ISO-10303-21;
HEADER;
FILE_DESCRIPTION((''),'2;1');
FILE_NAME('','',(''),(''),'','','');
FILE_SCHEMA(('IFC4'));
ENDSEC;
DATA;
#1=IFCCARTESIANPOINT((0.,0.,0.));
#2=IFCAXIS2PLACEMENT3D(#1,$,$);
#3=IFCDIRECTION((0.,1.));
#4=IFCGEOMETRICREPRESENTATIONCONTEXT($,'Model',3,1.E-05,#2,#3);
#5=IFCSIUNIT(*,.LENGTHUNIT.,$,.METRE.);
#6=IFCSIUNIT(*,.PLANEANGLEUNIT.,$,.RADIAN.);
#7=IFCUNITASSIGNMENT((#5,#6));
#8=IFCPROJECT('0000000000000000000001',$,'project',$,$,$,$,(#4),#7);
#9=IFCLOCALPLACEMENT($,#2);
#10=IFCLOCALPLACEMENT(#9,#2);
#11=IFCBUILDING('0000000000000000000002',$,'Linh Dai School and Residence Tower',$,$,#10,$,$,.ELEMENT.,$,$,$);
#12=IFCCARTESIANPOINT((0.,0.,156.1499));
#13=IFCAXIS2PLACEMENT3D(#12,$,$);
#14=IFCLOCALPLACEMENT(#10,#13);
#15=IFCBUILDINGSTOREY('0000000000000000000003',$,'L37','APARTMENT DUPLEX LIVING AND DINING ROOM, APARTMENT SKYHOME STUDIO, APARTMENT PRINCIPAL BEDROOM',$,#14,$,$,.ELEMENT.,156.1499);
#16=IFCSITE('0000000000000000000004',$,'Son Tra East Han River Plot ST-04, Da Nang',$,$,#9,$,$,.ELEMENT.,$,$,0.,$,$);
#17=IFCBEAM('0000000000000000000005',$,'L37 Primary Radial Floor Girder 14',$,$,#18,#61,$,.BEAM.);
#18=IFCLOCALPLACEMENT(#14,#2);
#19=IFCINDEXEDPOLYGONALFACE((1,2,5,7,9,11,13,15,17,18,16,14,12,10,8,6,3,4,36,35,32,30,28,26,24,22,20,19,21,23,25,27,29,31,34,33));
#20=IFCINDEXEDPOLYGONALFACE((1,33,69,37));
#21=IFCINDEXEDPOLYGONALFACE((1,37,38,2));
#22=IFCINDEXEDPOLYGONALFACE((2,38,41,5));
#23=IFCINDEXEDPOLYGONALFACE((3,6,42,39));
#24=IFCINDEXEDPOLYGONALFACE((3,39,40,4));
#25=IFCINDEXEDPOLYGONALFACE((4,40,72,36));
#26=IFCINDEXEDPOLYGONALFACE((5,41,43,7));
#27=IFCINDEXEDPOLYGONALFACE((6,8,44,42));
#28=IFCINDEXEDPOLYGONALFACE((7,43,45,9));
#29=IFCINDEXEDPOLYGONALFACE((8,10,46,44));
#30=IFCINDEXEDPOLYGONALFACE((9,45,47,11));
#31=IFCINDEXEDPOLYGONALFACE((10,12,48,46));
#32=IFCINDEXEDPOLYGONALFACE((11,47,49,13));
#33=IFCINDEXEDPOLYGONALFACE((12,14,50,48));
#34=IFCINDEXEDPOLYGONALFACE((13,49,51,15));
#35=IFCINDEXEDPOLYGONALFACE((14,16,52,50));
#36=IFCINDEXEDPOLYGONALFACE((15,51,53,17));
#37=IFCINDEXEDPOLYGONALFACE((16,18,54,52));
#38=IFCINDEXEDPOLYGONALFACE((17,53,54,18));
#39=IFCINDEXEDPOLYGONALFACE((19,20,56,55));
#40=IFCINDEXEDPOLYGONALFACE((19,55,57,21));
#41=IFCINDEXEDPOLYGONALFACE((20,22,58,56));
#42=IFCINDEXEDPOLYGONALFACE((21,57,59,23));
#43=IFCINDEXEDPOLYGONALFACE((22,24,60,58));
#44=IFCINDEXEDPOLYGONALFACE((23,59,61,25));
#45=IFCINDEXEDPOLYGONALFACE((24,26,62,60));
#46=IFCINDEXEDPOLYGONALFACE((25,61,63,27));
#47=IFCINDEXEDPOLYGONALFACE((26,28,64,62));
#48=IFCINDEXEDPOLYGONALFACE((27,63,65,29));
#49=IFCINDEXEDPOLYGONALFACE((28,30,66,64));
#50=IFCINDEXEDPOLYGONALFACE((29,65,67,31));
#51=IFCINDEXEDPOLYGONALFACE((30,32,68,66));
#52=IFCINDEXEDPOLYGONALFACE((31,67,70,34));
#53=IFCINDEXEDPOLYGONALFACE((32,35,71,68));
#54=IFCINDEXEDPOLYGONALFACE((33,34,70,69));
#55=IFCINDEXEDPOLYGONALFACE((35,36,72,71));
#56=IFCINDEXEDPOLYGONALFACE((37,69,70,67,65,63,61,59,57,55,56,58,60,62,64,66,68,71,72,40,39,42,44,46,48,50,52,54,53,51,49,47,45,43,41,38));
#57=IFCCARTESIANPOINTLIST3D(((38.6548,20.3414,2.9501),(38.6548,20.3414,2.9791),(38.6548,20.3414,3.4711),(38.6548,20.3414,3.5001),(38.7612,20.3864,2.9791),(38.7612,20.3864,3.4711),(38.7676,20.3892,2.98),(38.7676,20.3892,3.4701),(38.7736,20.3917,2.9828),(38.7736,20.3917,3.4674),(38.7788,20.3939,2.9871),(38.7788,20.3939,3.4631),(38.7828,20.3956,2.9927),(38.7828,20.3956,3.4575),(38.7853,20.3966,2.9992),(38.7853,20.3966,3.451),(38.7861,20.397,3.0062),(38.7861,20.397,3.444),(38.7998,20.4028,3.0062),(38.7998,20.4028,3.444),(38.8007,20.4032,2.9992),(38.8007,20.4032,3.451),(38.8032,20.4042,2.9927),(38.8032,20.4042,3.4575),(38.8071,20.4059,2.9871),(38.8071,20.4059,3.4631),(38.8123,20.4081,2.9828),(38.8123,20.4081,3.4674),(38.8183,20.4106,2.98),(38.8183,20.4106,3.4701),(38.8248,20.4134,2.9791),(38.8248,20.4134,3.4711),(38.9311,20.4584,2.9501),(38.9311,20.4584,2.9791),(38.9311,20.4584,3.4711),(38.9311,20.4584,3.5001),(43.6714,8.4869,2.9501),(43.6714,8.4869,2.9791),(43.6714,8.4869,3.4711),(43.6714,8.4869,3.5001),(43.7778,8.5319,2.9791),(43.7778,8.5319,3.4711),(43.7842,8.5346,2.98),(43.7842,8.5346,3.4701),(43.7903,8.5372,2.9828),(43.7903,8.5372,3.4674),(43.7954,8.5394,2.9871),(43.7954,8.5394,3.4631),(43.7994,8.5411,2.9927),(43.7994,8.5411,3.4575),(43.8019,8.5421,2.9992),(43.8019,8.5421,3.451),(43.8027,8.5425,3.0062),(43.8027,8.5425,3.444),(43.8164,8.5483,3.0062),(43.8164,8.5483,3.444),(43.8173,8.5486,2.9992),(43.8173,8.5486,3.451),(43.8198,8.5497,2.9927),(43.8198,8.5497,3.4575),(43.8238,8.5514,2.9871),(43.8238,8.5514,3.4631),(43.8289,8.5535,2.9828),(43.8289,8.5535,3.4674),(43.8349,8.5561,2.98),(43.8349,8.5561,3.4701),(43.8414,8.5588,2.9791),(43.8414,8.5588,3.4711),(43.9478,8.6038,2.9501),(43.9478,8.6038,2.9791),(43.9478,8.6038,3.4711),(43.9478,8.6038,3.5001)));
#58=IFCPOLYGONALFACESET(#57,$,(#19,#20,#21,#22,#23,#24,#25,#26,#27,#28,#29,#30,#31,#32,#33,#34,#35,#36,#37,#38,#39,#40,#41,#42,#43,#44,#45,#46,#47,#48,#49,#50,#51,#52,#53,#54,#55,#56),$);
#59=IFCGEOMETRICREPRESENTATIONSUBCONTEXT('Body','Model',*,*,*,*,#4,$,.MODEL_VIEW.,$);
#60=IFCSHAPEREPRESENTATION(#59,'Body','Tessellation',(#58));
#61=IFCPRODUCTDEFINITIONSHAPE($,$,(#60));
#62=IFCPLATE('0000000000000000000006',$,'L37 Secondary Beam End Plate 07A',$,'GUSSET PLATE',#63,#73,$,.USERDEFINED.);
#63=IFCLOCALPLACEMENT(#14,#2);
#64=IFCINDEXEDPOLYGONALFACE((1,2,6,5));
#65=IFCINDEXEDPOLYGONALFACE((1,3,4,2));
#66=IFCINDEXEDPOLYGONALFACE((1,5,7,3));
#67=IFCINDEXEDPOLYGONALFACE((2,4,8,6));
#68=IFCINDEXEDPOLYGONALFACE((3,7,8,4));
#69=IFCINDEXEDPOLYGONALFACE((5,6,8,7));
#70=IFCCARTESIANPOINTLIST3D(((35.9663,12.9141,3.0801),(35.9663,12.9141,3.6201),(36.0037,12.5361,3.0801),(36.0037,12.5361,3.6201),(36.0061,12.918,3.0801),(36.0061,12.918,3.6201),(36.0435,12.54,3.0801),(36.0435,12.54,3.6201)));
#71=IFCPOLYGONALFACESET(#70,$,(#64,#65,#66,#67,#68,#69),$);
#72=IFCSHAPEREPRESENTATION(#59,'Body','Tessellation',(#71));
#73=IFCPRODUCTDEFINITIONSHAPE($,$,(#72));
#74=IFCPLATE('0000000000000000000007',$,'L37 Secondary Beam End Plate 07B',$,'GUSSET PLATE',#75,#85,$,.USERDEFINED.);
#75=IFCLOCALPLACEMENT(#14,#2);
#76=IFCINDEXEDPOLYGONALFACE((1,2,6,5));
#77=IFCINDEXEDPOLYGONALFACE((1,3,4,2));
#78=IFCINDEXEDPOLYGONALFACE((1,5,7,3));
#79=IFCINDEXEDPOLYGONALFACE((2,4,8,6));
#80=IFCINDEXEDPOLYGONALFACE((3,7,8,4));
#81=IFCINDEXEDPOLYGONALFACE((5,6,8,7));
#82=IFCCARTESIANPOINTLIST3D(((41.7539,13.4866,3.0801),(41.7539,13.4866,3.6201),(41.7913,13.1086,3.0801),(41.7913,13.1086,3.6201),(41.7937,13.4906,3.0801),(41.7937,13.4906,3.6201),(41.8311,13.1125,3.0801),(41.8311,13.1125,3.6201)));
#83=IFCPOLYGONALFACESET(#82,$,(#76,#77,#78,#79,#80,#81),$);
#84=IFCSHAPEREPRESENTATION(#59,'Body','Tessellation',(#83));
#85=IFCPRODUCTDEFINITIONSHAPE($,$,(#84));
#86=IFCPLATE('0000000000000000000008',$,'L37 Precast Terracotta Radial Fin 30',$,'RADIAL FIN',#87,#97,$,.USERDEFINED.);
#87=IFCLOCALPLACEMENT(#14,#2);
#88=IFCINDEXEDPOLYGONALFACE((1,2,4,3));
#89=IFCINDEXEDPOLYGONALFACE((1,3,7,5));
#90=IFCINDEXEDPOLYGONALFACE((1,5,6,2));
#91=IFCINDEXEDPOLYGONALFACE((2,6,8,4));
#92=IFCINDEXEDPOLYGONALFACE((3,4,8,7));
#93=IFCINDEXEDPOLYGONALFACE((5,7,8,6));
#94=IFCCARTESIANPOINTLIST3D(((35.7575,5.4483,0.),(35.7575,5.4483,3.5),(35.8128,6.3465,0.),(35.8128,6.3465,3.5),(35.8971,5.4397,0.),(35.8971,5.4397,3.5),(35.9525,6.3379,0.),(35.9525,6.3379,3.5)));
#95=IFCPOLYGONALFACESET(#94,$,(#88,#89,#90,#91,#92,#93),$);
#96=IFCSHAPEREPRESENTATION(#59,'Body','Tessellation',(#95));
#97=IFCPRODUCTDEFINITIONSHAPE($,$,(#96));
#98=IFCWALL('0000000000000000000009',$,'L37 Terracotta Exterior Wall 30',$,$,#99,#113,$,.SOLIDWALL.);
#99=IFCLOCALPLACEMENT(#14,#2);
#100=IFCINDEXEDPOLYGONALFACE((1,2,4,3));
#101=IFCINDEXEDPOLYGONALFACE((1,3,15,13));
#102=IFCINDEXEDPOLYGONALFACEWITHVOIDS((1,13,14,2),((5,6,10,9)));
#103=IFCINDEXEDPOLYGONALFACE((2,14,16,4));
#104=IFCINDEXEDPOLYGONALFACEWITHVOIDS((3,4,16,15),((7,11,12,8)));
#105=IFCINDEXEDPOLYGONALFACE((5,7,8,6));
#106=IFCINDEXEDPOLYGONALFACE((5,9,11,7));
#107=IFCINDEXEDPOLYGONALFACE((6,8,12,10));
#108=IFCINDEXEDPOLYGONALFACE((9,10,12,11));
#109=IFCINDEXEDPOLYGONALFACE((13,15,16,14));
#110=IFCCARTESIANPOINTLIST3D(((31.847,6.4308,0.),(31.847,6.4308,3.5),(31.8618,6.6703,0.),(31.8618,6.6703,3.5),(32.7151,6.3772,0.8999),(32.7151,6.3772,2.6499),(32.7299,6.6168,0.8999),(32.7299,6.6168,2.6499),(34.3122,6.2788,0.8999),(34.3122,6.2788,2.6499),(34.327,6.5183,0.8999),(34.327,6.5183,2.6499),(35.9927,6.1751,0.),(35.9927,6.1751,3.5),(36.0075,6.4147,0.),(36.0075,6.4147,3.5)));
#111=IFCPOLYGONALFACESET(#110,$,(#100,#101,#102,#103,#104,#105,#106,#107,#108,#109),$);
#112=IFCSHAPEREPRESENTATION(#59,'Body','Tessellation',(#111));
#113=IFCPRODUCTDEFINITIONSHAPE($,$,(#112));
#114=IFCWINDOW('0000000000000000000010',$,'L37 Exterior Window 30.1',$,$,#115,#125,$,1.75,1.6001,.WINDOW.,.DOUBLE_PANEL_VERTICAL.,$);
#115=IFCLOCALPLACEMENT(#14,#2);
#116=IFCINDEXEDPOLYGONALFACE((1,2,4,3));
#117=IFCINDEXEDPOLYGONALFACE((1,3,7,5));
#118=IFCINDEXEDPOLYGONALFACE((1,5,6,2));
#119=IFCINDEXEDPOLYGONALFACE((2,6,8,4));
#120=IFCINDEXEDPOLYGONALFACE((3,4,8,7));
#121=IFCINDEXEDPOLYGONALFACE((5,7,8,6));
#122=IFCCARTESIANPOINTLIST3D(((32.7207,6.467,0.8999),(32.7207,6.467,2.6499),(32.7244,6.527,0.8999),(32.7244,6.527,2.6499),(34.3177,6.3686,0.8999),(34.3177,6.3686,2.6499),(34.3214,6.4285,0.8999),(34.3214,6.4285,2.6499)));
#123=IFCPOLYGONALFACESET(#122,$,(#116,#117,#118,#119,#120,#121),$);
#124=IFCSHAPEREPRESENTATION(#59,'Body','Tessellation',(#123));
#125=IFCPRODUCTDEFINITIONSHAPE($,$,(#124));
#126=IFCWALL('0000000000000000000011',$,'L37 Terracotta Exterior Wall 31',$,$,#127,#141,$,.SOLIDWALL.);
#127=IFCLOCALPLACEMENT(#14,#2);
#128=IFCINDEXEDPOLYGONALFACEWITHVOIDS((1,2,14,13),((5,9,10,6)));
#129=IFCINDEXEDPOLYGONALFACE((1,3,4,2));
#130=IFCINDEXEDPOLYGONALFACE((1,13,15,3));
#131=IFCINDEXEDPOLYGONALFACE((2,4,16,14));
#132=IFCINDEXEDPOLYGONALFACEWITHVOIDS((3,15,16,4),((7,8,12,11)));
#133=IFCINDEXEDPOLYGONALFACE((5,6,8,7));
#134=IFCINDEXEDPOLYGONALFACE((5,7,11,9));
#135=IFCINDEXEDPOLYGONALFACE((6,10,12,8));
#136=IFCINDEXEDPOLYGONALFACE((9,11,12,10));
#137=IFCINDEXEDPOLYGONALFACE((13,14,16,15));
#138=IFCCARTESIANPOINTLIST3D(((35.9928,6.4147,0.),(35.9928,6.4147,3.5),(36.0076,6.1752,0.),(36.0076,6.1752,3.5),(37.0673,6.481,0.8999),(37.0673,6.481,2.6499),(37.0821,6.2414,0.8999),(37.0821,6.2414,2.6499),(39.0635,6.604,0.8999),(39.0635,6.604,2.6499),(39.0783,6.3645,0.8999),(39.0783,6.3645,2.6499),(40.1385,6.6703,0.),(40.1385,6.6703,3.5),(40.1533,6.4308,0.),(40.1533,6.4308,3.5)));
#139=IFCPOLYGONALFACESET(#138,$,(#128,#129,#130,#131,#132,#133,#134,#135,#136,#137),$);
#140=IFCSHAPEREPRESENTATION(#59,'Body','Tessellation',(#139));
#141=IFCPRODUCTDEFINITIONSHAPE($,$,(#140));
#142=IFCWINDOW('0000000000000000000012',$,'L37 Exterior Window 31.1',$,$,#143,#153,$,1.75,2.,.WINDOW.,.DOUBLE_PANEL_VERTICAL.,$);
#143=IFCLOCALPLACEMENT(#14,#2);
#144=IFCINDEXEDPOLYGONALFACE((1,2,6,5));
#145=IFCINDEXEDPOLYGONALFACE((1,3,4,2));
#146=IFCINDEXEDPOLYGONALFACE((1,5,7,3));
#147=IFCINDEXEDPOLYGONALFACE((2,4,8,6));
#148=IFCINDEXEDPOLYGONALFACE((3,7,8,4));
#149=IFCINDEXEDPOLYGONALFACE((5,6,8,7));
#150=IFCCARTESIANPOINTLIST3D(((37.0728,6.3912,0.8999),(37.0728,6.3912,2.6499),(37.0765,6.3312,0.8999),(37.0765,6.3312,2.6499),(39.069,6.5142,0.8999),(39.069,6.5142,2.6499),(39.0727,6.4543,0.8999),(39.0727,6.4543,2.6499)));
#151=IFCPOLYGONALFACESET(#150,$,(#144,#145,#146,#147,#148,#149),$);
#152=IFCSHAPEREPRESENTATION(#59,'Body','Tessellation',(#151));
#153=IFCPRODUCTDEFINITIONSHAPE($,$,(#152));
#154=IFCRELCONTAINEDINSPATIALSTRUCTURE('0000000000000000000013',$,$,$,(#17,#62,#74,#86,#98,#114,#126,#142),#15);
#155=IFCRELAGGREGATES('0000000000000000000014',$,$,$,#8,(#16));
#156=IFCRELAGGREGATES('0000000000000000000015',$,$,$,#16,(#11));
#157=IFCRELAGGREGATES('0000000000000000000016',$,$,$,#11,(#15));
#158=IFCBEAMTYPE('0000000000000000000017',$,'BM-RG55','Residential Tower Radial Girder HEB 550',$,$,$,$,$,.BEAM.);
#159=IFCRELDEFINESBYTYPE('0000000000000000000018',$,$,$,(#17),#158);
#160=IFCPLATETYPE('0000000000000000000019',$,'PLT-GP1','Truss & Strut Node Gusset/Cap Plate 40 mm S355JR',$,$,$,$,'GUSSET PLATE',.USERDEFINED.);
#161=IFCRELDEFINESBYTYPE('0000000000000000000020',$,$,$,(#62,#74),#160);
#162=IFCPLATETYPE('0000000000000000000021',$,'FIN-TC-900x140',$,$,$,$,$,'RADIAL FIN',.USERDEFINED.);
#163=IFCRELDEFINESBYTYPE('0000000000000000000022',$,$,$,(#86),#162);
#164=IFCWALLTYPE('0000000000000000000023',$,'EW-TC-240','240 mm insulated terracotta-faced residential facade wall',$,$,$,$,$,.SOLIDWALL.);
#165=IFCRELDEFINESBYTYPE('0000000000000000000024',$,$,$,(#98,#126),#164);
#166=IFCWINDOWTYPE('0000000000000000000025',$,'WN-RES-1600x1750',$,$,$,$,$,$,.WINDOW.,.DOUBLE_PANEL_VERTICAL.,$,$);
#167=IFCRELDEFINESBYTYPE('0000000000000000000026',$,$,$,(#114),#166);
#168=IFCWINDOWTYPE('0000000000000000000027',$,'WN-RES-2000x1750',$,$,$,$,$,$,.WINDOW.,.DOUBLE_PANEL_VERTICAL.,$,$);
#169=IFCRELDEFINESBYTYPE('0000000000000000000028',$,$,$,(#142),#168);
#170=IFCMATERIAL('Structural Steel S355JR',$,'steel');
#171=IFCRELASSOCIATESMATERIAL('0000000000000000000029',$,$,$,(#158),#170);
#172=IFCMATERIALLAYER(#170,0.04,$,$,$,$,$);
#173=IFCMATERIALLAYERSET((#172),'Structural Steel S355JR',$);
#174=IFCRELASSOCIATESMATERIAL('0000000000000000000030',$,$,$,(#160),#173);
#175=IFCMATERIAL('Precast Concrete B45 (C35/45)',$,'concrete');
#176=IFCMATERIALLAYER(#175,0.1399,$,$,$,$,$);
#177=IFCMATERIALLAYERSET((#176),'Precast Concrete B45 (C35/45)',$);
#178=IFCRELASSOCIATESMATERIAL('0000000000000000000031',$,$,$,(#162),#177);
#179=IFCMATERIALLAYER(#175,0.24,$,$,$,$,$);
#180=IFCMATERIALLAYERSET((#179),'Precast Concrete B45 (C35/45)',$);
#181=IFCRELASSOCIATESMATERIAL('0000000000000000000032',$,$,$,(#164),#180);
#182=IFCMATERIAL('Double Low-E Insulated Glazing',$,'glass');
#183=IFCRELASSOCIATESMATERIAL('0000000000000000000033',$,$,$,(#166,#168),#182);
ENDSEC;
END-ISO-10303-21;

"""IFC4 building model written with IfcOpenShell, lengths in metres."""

from ifc_helpers import new_model, si_unit, direction, frame, frame_2d, origin, origin_2d, place, context, subcontext, project, spatial, rectangle, i_section, extrude, source, transform, mapped, material, layer, layer_set, material_profile, profile_set, type_object, element, fill, save


model = new_model("IFC4")

# Units and contexts
model_context = context("Model", 3, precision=1e-05, world=origin(), true_north=direction((0.0, 1.0)))
body_context = subcontext(model_context, "Body", "Model", "MODEL_VIEW")
ifc_project = project(units=[si_unit("LENGTHUNIT", "METRE"), si_unit("PLANEANGLEUNIT", "RADIAN")], contexts=[model_context])

# Site, building, storey
site_placement = place(None, origin())
site = spatial("IfcSite", under=ifc_project, at=site_placement, Name="Son Tra East Han River Plot ST-04, Da Nang", CompositionType="ELEMENT", RefElevation=0.0)
building_placement = place(site_placement, origin())
building = spatial("IfcBuilding", under=site, at=building_placement, Name="Linh Dai School and Residence Tower", CompositionType="ELEMENT")
storey_placement = place(building_placement, frame((0.0, 0.0, 156.1499)))
storey = spatial("IfcBuildingStorey", under=building, at=storey_placement, Name="L37", Description="APARTMENT DUPLEX LIVING AND DINING ROOM, APARTMENT SKYHOME STUDIO, APARTMENT PRINCIPAL BEDROOM", CompositionType="ELEMENT", Elevation=156.1499)

# Shared definitions
ifc_material_1 = material(Name="Structural Steel S355JR", Category="steel")

# Beam
ifc_material_profile_1 = material_profile(ifc_material_1, i_section(OverallWidth=0.3, OverallDepth=0.55, WebThickness=0.0149, FlangeThickness=0.0291, FilletRadius=0.0271, at=origin_2d()), Name="HEB 550")
ifc_profile_set_1 = profile_set([ifc_material_profile_1], Name="Structural Steel S355JR")
beam_type_1 = type_object("IfcBeamType", Name="BM-RG55", Description="Residential Tower Radial Girder HEB 550", PredefinedType="BEAM", material=ifc_profile_set_1)
beam_1_placement = place(storey_placement, frame((38.793, 20.3999, 3.2251), z_axis=(0.389722, -0.920933, 0.0), x_axis=(0.920933, 0.389722, 0.0)))
element("IfcBeam", 1, at=beam_1_placement, inside=storey, type_object=beam_type_1, Name="L37 Primary Radial Floor Girder 14", PredefinedType="BEAM", context=body_context, shape_type="SweptSolid", body=[
    extrude(i_section(OverallWidth=0.3, OverallDepth=0.55, WebThickness=0.0149, FlangeThickness=0.0291, FilletRadius=0.0271, at=origin_2d()), origin(), (0.0, 0.0, 1.0), 12.8723),
])

# Plates
ifc_layer_1 = layer(ifc_material_1, 0.04)
ifc_layer_set_1 = layer_set([ifc_layer_1], Name="Structural Steel S355JR")
plate_type_1 = type_object("IfcPlateType", Name="PLT-GP1", Description="Truss & Strut Node Gusset/Cap Plate 40 mm S355JR", ElementType="GUSSET PLATE", PredefinedType="USERDEFINED", material=ifc_layer_set_1)
shared_shape_1 = source(origin(), body_context, "Body", "SweptSolid", [
    extrude(rectangle(XDim=0.04, YDim=0.3799, at=origin_2d()), origin(), (0.0, 0.0, 1.0), 0.54),
])
for number, where, z_axis, x_axis, name in (
    (2, (36.0049, 12.7271, 3.0801), (0.0, 0.0, 1.0), (0.995145, 0.098423, 0.0), "L37 Secondary Beam End Plate 07A"),
    (3, (41.7925, 13.2996, 3.0801), (0.0, 0.0, 1.0), (0.995145, 0.098423, 0.0), "L37 Secondary Beam End Plate 07B"),
):
    element("IfcPlate", number, at=place(storey_placement, frame(where, z_axis=z_axis, x_axis=x_axis)), inside=storey, type_object=plate_type_1, Name=name, ObjectType="GUSSET PLATE", PredefinedType="USERDEFINED", context=body_context, shape_type="MappedRepresentation", body=[
        mapped(shared_shape_1, transform((0.0, 0.0, 0.0), x_axis=(1.0, 0.0, 0.0), y_axis=(0.0, 1.0, 0.0), z_axis=(0.0, 0.0, 1.0), scale=1.0)),
    ])
ifc_material_2 = material(Name="Precast Concrete B45 (C35/45)", Category="concrete")
ifc_layer_2 = layer(ifc_material_2, 0.1399)
ifc_layer_set_2 = layer_set([ifc_layer_2], Name="Precast Concrete B45 (C35/45)")
plate_type_2 = type_object("IfcPlateType", Name="FIN-TC-900x140", ElementType="RADIAL FIN", PredefinedType="USERDEFINED", material=ifc_layer_set_2)
shared_shape_2 = source(origin(), body_context, "Body", "SweptSolid", [
    extrude(rectangle(XDim=0.8999, YDim=0.1399, at=origin_2d()), origin(), (0.0, 0.0, 1.0), 3.5),
])
plate_placement = place(storey_placement, frame((35.855, 5.8931, 0.0), z_axis=(0.0, 0.0, 1.0), x_axis=(-0.061512, -0.998106, 0.0)))
element("IfcPlate", 4, at=plate_placement, inside=storey, type_object=plate_type_2, Name="L37 Precast Terracotta Radial Fin 30", ObjectType="RADIAL FIN", PredefinedType="USERDEFINED", context=body_context, shape_type="MappedRepresentation", body=[
    mapped(shared_shape_2, transform((0.0, 0.0, 0.0), x_axis=(1.0, 0.0, 0.0), y_axis=(0.0, 1.0, 0.0), z_axis=(0.0, 0.0, 1.0), scale=1.0)),
])

# Walls, openings, windows
ifc_layer_3 = layer(ifc_material_2, 0.24)
ifc_layer_set_3 = layer_set([ifc_layer_3], Name="Precast Concrete B45 (C35/45)")
wall_type_1 = type_object("IfcWallType", Name="EW-TC-240", Description="240 mm insulated terracotta-faced residential facade wall", PredefinedType="SOLIDWALL", material=ifc_layer_set_3)
wall_1_placement = place(storey_placement, frame((36.0, 6.2949, 0.0), z_axis=(0.0, 0.0, 1.0), x_axis=(-0.998105, 0.06154, 0.0)))
wall_1 = element("IfcWall", 5, at=wall_1_placement, inside=storey, type_object=wall_type_1, Name="L37 Terracotta Exterior Wall 30", PredefinedType="SOLIDWALL", context=body_context, shape_type="SweptSolid", body=[
    extrude(rectangle(XDim=4.1536, YDim=0.24, at=frame_2d((2.0767, 0.0))), origin(), (0.0, 0.0, 1.0), 3.5),
])
opening_1_placement = place(wall_1_placement, frame((1.6836, 0.0, 0.8999)))
opening_1 = element("IfcOpeningElement", 6, at=opening_1_placement, cuts=wall_1, PredefinedType="OPENING", context=body_context, shape_type="SweptSolid", body=[
    extrude(rectangle(XDim=1.6001, YDim=1.75, at=origin_2d()), frame((0.8, 0.1299, 0.875), z_axis=(0.0, -1.0, 0.0), x_axis=(1.0, 0.0, 0.0)), (0.0, 0.0, 1.0), 0.26),
])
ifc_material_3 = material(Name="Double Low-E Insulated Glazing", Category="glass")
window_type_1 = type_object("IfcWindowType", Name="WN-RES-1600x1750", PartitioningType="DOUBLE_PANEL_VERTICAL", PredefinedType="WINDOW", material=ifc_material_3)
shared_shape_3 = source(origin(), body_context, "Body", "SweptSolid", [
    extrude(rectangle(XDim=1.6001, YDim=1.75, at=origin_2d()), frame((0.8, 0.03, 0.875), z_axis=(0.0, -1.0, 0.0), x_axis=(1.0, 0.0, 0.0)), (0.0, 0.0, 1.0), 0.0601),
])
window_1_placement = place(opening_1_placement, origin())
window_1 = element("IfcWindow", 7, at=window_1_placement, inside=storey, type_object=window_type_1, Name="L37 Exterior Window 30.1", OverallHeight=1.75, OverallWidth=1.6001, PartitioningType="DOUBLE_PANEL_VERTICAL", PredefinedType="WINDOW", context=body_context, shape_type="MappedRepresentation", body=[
    mapped(shared_shape_3, transform((0.0, 0.0, 0.0), x_axis=(1.0, 0.0, 0.0), y_axis=(0.0, 1.0, 0.0), z_axis=(0.0, 0.0, 1.0), scale=1.0)),
])
fill(opening_1, window_1)
wall_2_placement = place(storey_placement, frame((40.1458, 6.5505, 0.0), z_axis=(0.0, 0.0, 1.0), x_axis=(-0.998105, -0.06154, 0.0)))
wall_2 = element("IfcWall", 8, at=wall_2_placement, inside=storey, type_object=wall_type_1, Name="L37 Terracotta Exterior Wall 31", PredefinedType="SOLIDWALL", context=body_context, shape_type="SweptSolid", body=[
    extrude(rectangle(XDim=4.1536, YDim=0.24, at=frame_2d((2.0767, 0.0))), origin(), (0.0, 0.0, 1.0), 3.5),
])
opening_2_placement = place(wall_2_placement, frame((1.0769, 0.0, 0.8999)))
opening_2 = element("IfcOpeningElement", 9, at=opening_2_placement, cuts=wall_2, PredefinedType="OPENING", context=body_context, shape_type="SweptSolid", body=[
    extrude(rectangle(XDim=2.0, YDim=1.75, at=origin_2d()), frame((1.0, 0.1299, 0.875), z_axis=(0.0, -1.0, 0.0), x_axis=(1.0, 0.0, 0.0)), (0.0, 0.0, 1.0), 0.26),
])
window_type_2 = type_object("IfcWindowType", Name="WN-RES-2000x1750", PartitioningType="DOUBLE_PANEL_VERTICAL", PredefinedType="WINDOW", material=ifc_material_3)
shared_shape_4 = source(origin(), body_context, "Body", "SweptSolid", [
    extrude(rectangle(XDim=2.0, YDim=1.75, at=origin_2d()), frame((1.0, 0.03, 0.875), z_axis=(0.0, -1.0, 0.0), x_axis=(1.0, 0.0, 0.0)), (0.0, 0.0, 1.0), 0.0601),
])
window_2_placement = place(opening_2_placement, origin())
window_2 = element("IfcWindow", 10, at=window_2_placement, inside=storey, type_object=window_type_2, Name="L37 Exterior Window 31.1", OverallHeight=1.75, OverallWidth=2.0, PartitioningType="DOUBLE_PANEL_VERTICAL", PredefinedType="WINDOW", context=body_context, shape_type="MappedRepresentation", body=[
    mapped(shared_shape_4, transform((0.0, 0.0, 0.0), x_axis=(1.0, 0.0, 0.0), y_axis=(0.0, 1.0, 0.0), z_axis=(0.0, 0.0, 1.0), scale=1.0)),
])
fill(opening_2, window_2)

save(model, "model.ifc")
